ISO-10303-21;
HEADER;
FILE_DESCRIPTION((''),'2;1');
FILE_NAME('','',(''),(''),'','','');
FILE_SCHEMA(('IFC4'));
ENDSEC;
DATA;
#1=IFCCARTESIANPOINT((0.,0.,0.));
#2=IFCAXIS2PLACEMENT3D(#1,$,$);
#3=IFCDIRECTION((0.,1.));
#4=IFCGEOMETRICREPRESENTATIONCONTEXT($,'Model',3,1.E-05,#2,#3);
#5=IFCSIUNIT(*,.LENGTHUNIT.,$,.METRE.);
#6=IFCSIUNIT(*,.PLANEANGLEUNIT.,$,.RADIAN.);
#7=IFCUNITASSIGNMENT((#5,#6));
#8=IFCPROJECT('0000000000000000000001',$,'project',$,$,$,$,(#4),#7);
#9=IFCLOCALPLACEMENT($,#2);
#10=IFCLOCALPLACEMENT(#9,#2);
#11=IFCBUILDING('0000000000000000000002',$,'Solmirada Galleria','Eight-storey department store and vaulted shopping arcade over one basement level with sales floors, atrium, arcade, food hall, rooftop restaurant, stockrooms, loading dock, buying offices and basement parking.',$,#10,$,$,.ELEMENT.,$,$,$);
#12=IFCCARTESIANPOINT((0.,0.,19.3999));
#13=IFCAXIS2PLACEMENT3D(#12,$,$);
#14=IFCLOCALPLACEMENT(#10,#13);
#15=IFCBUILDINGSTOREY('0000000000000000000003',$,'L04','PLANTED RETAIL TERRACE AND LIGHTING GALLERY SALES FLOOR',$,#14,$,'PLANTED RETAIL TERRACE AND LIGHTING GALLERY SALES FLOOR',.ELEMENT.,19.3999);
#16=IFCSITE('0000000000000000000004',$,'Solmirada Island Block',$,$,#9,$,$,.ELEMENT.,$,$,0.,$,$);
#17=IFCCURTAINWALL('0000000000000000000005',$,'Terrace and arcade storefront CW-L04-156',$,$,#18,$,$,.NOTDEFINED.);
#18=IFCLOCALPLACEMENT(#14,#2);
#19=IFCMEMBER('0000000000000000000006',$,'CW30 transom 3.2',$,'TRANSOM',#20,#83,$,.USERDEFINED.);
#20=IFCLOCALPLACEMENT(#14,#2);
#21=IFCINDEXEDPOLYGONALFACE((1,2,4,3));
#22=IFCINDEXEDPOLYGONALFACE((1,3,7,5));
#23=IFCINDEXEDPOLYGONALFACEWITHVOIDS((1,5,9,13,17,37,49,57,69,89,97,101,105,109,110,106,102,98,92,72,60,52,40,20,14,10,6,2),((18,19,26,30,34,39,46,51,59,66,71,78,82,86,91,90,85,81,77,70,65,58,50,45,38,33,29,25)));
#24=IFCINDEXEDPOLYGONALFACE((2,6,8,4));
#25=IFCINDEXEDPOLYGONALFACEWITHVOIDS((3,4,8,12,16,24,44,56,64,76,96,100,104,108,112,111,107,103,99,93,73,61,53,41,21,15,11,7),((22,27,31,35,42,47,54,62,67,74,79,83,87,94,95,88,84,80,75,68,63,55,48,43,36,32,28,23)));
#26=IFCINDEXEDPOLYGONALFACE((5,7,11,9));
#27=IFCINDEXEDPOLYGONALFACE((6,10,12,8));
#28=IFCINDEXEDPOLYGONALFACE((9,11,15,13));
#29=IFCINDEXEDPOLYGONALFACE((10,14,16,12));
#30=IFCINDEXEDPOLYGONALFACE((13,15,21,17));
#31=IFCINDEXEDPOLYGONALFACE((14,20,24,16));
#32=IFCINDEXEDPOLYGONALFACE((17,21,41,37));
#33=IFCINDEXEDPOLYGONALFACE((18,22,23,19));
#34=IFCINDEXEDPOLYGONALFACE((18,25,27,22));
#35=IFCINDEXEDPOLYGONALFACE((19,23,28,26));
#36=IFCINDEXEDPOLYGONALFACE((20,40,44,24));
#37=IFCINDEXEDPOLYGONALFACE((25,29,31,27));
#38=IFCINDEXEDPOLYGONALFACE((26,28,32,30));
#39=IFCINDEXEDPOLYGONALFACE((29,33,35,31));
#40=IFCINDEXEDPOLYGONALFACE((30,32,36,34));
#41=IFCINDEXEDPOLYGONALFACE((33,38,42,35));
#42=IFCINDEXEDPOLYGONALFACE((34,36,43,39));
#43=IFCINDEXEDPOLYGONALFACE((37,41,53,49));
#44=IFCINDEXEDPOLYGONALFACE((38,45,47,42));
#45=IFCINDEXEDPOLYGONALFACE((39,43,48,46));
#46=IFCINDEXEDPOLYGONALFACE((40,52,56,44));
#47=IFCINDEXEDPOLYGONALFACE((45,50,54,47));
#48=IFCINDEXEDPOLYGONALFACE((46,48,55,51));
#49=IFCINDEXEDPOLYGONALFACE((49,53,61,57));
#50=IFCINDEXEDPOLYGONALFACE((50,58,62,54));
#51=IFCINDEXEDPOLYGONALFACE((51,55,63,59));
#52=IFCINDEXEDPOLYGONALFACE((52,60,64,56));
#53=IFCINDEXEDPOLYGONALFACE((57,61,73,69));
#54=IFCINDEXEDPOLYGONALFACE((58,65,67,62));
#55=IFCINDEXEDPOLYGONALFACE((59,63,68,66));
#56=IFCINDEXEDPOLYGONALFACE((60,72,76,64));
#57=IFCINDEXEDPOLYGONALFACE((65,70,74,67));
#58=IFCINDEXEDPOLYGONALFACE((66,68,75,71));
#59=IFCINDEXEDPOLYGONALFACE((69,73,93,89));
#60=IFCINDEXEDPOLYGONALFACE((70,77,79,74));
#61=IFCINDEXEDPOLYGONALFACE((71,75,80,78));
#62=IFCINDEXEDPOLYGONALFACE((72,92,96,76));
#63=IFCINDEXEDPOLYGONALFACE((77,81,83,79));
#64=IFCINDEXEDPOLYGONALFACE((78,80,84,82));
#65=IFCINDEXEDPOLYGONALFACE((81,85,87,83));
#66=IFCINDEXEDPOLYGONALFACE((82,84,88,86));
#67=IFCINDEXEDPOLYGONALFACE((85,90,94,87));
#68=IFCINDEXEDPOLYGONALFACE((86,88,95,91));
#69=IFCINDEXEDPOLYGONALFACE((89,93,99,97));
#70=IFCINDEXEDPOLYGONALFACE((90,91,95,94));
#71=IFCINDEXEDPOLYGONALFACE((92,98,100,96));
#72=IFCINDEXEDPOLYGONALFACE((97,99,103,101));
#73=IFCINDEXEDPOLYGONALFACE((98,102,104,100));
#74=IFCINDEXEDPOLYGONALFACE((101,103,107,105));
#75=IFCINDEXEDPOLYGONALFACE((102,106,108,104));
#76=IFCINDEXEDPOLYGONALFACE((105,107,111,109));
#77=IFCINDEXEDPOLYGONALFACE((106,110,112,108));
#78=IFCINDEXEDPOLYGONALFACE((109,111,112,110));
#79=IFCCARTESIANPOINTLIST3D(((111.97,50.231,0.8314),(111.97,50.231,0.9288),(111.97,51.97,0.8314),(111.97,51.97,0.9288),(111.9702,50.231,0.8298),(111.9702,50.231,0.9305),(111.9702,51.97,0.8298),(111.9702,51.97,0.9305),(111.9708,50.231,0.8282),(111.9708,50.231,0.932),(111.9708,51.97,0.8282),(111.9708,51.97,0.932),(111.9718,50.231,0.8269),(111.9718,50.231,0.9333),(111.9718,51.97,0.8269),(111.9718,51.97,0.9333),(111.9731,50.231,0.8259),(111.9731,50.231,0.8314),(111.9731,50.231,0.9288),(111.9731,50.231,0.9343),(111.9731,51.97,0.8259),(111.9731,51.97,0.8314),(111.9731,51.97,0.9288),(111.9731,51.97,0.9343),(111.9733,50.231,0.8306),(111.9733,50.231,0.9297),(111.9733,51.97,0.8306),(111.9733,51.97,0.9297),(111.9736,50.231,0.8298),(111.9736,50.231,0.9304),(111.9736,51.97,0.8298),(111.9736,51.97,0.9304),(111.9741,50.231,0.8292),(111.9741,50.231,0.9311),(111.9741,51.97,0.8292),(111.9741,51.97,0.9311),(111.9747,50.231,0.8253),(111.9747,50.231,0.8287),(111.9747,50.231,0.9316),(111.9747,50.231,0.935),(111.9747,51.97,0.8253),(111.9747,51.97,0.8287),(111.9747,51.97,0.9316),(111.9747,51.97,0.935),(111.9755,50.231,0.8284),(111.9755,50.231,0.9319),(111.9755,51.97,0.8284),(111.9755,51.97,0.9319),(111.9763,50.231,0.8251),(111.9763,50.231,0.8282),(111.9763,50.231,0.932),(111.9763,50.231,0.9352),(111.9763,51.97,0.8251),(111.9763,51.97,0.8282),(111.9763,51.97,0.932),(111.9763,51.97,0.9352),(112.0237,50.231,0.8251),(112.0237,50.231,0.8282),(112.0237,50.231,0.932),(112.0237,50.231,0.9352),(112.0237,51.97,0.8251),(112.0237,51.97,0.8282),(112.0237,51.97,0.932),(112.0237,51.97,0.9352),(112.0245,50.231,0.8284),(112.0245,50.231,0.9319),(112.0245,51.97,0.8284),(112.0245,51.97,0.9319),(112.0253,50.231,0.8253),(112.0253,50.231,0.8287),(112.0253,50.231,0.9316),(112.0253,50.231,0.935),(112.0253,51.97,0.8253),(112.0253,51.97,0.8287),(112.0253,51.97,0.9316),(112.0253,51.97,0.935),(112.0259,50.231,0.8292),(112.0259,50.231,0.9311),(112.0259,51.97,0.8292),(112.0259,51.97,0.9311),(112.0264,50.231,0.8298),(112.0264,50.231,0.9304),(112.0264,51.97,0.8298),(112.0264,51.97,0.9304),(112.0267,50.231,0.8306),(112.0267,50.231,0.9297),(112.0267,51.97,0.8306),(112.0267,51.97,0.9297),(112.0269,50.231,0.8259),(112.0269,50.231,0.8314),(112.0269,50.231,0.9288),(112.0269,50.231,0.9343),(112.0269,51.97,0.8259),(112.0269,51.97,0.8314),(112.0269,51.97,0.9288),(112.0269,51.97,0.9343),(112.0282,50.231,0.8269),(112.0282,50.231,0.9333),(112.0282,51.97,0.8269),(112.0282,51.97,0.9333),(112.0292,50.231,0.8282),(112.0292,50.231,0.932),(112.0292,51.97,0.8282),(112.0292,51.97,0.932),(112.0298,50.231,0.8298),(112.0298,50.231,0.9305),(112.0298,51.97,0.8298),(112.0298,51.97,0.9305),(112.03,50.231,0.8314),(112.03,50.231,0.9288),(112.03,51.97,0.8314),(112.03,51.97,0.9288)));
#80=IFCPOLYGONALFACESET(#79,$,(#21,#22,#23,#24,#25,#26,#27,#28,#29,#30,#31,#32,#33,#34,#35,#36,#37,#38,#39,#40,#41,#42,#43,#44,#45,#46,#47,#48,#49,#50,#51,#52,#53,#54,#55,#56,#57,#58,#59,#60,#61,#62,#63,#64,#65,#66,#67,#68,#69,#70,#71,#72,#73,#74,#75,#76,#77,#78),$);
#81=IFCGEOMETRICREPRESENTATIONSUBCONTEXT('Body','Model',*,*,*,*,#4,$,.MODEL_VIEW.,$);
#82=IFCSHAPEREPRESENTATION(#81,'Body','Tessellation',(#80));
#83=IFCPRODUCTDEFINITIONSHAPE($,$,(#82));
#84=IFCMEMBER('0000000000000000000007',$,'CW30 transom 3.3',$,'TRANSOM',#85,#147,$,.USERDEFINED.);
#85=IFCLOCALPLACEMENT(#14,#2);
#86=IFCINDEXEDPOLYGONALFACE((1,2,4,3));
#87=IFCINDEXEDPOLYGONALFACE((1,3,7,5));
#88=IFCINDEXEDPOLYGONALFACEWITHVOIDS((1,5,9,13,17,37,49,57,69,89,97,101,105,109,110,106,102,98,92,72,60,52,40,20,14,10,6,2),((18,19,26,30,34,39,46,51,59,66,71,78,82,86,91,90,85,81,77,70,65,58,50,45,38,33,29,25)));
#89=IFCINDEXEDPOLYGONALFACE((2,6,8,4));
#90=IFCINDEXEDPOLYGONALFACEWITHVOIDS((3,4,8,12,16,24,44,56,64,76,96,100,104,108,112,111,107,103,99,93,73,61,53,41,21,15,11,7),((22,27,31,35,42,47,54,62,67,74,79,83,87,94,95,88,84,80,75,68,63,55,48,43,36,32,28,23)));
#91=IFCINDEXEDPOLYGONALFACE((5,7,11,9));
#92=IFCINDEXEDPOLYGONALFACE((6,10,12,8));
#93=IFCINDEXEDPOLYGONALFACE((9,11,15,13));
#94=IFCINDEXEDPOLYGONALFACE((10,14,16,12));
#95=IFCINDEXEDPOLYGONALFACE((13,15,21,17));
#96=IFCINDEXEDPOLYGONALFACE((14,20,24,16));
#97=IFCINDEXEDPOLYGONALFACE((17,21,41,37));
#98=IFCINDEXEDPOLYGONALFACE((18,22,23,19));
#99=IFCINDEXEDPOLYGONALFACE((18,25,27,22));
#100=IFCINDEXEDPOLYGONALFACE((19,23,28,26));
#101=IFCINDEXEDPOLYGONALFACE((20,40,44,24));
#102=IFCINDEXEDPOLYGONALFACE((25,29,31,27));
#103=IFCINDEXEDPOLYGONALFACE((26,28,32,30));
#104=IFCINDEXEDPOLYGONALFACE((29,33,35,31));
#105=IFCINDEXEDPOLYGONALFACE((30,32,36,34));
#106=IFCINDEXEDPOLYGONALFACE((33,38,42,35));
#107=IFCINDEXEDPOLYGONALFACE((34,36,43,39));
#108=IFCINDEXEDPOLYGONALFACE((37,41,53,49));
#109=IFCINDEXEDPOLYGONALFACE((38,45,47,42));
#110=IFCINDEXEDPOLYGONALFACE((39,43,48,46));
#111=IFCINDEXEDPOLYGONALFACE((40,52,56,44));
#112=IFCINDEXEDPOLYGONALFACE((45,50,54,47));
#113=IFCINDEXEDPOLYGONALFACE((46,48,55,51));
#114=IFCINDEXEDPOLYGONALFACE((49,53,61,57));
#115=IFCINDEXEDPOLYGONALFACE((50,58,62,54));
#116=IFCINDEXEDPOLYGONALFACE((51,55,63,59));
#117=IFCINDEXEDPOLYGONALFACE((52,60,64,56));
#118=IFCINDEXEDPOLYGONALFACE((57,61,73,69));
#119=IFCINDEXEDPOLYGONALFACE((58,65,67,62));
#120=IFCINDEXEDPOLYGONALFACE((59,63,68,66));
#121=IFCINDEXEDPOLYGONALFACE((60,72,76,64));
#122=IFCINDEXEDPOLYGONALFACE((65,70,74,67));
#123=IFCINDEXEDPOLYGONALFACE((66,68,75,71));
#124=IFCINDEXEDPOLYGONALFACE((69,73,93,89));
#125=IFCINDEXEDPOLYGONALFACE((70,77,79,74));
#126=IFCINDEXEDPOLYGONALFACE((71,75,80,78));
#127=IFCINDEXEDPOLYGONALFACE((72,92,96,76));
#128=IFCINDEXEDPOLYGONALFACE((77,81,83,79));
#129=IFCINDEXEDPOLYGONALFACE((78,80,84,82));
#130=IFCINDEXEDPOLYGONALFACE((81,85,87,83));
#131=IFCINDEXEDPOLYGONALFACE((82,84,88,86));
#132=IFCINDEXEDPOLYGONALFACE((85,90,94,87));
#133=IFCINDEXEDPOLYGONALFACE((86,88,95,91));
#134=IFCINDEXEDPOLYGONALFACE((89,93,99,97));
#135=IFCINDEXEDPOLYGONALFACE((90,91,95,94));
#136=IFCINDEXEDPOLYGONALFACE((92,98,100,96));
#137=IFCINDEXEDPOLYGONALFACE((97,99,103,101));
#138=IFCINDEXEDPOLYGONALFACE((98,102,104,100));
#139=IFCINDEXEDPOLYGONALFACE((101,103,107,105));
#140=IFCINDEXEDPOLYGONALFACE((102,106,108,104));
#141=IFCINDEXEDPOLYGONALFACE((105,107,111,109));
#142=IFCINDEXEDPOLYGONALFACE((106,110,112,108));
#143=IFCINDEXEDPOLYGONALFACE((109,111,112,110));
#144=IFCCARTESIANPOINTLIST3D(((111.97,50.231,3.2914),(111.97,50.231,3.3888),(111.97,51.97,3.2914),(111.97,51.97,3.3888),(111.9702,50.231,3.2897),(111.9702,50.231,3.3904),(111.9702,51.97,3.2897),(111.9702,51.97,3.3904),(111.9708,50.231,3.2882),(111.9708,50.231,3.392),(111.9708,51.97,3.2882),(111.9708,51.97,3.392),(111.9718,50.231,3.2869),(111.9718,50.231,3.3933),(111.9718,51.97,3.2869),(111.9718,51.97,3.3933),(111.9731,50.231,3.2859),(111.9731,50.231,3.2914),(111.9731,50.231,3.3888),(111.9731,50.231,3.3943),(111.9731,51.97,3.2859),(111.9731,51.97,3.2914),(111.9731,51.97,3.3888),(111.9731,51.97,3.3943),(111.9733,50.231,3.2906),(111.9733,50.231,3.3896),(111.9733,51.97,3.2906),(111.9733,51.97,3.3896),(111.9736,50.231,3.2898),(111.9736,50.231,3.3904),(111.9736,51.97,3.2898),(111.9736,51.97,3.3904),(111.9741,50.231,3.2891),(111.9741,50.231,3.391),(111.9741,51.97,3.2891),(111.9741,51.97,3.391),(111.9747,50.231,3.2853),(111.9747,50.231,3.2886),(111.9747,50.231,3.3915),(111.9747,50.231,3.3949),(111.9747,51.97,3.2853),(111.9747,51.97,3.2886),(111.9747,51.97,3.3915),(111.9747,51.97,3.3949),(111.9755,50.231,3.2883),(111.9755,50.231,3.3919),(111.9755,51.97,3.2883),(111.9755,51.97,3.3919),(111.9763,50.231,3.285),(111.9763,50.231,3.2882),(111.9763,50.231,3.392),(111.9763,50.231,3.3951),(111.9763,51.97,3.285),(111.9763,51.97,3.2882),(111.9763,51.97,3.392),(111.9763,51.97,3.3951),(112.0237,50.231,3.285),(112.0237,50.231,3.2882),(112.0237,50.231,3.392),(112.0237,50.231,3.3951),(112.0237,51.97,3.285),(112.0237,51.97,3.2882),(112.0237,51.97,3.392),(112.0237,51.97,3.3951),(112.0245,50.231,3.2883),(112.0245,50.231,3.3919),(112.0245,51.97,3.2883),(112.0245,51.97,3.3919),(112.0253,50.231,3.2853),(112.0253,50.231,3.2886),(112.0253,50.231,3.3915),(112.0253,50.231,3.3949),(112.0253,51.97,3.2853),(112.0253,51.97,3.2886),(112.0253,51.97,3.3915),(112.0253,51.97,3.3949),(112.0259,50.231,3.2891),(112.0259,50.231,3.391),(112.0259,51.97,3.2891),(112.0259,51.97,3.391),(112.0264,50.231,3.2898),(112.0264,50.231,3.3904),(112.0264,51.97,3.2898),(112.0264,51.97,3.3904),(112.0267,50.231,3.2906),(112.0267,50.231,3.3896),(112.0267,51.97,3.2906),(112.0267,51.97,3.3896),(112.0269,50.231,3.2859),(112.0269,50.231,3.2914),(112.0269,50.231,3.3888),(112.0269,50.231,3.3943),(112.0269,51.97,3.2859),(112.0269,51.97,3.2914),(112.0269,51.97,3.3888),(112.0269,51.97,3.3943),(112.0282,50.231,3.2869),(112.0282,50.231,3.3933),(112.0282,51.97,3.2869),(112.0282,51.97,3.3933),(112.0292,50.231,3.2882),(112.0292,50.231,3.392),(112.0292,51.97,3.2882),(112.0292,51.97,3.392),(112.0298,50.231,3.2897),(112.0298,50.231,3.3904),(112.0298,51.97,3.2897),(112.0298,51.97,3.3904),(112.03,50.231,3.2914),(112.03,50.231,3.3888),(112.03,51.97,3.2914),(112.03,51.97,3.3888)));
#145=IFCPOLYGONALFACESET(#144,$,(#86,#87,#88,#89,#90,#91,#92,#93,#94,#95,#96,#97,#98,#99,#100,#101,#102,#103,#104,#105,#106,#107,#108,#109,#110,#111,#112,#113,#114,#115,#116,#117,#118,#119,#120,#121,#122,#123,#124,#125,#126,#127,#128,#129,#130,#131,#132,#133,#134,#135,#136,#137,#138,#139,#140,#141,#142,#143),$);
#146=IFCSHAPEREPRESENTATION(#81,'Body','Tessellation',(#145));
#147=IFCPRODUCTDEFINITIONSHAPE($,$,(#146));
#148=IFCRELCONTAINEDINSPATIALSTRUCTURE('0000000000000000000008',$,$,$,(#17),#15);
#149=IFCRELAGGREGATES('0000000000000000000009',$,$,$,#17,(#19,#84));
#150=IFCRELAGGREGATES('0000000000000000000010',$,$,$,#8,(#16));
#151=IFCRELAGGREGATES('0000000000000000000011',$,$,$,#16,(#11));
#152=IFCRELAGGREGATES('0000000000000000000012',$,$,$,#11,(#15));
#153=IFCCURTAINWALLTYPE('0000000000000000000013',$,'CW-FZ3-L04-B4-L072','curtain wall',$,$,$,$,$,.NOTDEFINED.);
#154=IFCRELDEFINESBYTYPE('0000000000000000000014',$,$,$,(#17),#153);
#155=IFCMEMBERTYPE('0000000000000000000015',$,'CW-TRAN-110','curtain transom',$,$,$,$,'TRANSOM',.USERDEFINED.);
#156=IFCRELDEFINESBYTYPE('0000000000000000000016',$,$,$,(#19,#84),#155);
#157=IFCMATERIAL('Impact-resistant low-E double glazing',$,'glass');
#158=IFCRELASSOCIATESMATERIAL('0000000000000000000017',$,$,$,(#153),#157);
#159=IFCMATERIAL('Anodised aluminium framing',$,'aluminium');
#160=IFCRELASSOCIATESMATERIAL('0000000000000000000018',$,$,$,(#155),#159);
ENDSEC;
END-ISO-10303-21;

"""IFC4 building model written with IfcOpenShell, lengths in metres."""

from ifc_helpers import new_model, si_unit, direction, frame, origin, origin_2d, place, context, subcontext, project, spatial, hollow_rectangle, extrude, material, material_profile, profile_set, type_object, element, aggregate, save


model = new_model("IFC4")

# Units and contexts
model_context = context("Model", 3, precision=1e-05, world=origin(), true_north=direction((0.0, 1.0)))
body_context = subcontext(model_context, "Body", "Model", "MODEL_VIEW")
ifc_project = project(units=[si_unit("LENGTHUNIT", "METRE"), si_unit("PLANEANGLEUNIT", "RADIAN")], contexts=[model_context])

# Site, building, storey
site_placement = place(None, origin())
site = spatial("IfcSite", under=ifc_project, at=site_placement, Name="Solmirada Island Block", CompositionType="ELEMENT", RefElevation=0.0)
building_placement = place(site_placement, origin())
building = spatial("IfcBuilding", under=site, at=building_placement, Name="Solmirada Galleria", Description="Eight-storey department store and vaulted shopping arcade over one basement level with sales floors, atrium, arcade, food hall, rooftop restaurant, stockrooms, loading dock, buying offices and basement parking.", CompositionType="ELEMENT")
storey_placement = place(building_placement, frame((0.0, 0.0, 19.3999)))
storey = spatial("IfcBuildingStorey", under=building, at=storey_placement, Name="L04", Description="PLANTED RETAIL TERRACE AND LIGHTING GALLERY SALES FLOOR", LongName="PLANTED RETAIL TERRACE AND LIGHTING GALLERY SALES FLOOR", CompositionType="ELEMENT", Elevation=19.3999)

# Curtain wall, members
ifc_material_1 = material(Name="Impact-resistant low-E double glazing", Category="glass")
curtain_wall_type = type_object("IfcCurtainWallType", Name="CW-FZ3-L04-B4-L072", Description="curtain wall", PredefinedType="NOTDEFINED", material=ifc_material_1)
curtain_wall_placement = place(storey_placement, origin())
curtain_wall = element("IfcCurtainWall", 1, at=curtain_wall_placement, inside=storey, type_object=curtain_wall_type, Name="Terrace and arcade storefront CW-L04-156", PredefinedType="NOTDEFINED")
ifc_material_2 = material(Name="Anodised aluminium framing", Category="aluminium")
ifc_material_profile_1 = material_profile(ifc_material_2, hollow_rectangle(XDim=0.0601, YDim=0.1101, WallThickness=0.0032, InnerFilletRadius=0.0032, OuterFilletRadius=0.0063, at=origin_2d()), Name="ALU-TRAN-110X60")
ifc_profile_set_1 = profile_set([ifc_material_profile_1], Name="Anodised aluminium framing")
member_type_1 = type_object("IfcMemberType", Name="CW-TRAN-110", Description="curtain transom", ElementType="TRANSOM", PredefinedType="USERDEFINED", material=ifc_profile_set_1)
member_1_placement = place(storey_placement, frame((112.0, 51.97, 0.8801), z_axis=(0.0, -1.0, 0.0), x_axis=(1.0, 0.0, 0.0)))
member_1 = element("IfcMember", 2, at=member_1_placement, type_object=member_type_1, Name="CW30 transom 3.2", ObjectType="TRANSOM", PredefinedType="USERDEFINED", context=body_context, shape_type="SweptSolid", body=[
    extrude(hollow_rectangle(XDim=0.0601, YDim=0.1101, WallThickness=0.0032, InnerFilletRadius=0.0032, OuterFilletRadius=0.0063, at=origin_2d()), origin(), (0.0, 0.0, 1.0), 1.739),
])
member_2_placement = place(storey_placement, frame((112.0, 51.97, 3.3401), z_axis=(0.0, -1.0, 0.0), x_axis=(1.0, 0.0, 0.0)))
member_2 = element("IfcMember", 3, at=member_2_placement, type_object=member_type_1, Name="CW30 transom 3.3", ObjectType="TRANSOM", PredefinedType="USERDEFINED", context=body_context, shape_type="SweptSolid", body=[
    extrude(hollow_rectangle(XDim=0.0601, YDim=0.1101, WallThickness=0.0032, InnerFilletRadius=0.0032, OuterFilletRadius=0.0063, at=origin_2d()), origin(), (0.0, 0.0, 1.0), 1.739),
])
aggregate(curtain_wall, [member_1, member_2])

save(model, "model.ifc")
